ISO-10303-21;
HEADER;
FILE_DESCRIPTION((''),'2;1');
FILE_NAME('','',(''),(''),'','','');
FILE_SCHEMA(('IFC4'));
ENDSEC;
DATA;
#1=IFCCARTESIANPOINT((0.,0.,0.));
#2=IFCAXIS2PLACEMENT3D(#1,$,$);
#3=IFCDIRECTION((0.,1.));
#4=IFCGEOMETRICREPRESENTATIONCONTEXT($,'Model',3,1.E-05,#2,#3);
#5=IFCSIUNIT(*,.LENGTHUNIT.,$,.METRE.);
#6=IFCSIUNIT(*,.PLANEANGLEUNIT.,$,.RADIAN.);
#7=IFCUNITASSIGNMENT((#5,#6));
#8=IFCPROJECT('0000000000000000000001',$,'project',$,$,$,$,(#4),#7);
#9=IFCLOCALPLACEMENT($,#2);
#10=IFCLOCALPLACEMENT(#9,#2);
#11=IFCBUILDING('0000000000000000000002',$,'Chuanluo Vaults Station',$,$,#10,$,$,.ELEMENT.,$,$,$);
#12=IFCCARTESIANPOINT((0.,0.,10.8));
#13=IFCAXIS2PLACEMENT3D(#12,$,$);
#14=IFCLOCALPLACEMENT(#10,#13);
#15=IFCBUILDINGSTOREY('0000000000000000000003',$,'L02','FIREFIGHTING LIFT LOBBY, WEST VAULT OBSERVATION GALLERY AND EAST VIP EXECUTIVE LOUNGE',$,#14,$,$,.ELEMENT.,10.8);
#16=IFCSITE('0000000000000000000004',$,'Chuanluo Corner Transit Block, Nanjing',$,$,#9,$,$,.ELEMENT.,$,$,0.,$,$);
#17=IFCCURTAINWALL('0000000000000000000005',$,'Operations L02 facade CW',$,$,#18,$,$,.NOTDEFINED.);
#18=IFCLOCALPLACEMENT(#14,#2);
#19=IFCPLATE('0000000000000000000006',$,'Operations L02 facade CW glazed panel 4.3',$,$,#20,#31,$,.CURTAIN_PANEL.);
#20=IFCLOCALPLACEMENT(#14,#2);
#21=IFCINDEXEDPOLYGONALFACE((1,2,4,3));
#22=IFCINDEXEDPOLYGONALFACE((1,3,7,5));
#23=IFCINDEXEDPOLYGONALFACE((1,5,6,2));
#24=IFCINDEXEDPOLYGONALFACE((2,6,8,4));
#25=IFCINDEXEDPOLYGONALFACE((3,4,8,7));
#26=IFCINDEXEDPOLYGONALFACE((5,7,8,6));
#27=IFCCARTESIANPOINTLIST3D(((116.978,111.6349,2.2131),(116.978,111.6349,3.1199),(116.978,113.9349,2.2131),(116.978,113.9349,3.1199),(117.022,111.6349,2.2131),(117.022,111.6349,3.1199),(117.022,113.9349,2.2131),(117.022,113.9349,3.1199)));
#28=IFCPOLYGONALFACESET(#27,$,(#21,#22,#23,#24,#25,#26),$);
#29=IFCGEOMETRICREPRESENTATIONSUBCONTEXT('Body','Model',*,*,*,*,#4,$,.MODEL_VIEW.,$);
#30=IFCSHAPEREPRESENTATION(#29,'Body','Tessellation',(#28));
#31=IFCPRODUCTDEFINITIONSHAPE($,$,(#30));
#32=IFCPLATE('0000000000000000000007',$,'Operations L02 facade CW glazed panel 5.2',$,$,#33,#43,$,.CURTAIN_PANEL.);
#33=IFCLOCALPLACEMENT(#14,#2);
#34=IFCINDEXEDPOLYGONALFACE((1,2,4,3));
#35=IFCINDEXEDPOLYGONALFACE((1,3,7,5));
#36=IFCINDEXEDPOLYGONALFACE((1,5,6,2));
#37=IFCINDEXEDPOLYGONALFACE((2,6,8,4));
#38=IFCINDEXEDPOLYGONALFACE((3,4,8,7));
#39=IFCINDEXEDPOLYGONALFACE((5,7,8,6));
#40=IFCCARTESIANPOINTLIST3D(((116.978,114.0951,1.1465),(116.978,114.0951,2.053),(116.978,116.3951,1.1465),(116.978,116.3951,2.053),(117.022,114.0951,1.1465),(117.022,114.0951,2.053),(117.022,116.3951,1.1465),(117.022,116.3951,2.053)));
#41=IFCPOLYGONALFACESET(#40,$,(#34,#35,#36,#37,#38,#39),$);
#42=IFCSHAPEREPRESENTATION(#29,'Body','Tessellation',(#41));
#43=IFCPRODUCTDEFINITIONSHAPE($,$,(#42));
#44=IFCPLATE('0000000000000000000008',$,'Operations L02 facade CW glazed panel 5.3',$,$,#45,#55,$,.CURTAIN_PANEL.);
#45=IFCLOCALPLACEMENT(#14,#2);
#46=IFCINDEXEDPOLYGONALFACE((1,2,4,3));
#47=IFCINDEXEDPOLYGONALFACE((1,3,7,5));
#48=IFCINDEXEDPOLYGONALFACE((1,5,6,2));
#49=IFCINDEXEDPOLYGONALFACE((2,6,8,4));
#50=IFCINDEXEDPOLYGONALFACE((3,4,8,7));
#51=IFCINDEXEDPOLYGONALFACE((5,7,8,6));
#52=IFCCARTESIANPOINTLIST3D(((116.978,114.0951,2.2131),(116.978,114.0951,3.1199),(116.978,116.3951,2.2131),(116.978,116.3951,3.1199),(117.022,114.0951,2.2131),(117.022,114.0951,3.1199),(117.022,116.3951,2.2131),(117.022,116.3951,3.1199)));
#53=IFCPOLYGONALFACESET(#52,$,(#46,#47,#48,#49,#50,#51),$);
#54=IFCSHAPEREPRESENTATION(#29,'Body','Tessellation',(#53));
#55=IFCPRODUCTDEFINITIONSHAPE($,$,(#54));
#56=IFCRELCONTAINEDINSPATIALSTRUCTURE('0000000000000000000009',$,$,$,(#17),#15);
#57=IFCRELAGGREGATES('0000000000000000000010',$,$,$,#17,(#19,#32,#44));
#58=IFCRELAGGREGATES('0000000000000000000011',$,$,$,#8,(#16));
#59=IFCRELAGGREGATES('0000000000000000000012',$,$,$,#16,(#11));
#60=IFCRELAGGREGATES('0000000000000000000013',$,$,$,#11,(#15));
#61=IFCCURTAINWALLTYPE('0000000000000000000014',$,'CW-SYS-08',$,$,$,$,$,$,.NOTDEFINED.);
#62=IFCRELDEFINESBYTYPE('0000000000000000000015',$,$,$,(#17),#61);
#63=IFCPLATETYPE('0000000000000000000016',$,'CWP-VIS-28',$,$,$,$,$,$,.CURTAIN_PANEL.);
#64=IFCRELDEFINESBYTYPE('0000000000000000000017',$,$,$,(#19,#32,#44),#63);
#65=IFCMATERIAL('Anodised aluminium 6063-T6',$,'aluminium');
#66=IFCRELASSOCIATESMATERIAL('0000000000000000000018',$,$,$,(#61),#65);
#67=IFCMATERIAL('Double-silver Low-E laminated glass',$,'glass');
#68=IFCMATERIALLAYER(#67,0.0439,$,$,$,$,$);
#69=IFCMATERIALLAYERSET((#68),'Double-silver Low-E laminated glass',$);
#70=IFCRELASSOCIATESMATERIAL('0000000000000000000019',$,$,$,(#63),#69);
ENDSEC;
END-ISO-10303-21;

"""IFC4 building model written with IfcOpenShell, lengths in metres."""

from ifc_helpers import new_model, si_unit, direction, frame, origin, origin_2d, place, context, subcontext, project, spatial, rectangle, extrude, material, layer, layer_set, type_object, element, aggregate, save


model = new_model("IFC4")

# Units and contexts
model_context = context("Model", 3, precision=1e-05, world=origin(), true_north=direction((0.0, 1.0)))
body_context = subcontext(model_context, "Body", "Model", "MODEL_VIEW")
ifc_project = project(units=[si_unit("LENGTHUNIT", "METRE"), si_unit("PLANEANGLEUNIT", "RADIAN")], contexts=[model_context])

# Site, building, storey
site_placement = place(None, origin())
site = spatial("IfcSite", under=ifc_project, at=site_placement, Name="Chuanluo Corner Transit Block, Nanjing", CompositionType="ELEMENT", RefElevation=0.0)
building_placement = place(site_placement, origin())
building = spatial("IfcBuilding", under=site, at=building_placement, Name="Chuanluo Vaults Station", CompositionType="ELEMENT")
storey_placement = place(building_placement, frame((0.0, 0.0, 10.8)))
storey = spatial("IfcBuildingStorey", under=building, at=storey_placement, Name="L02", Description="FIREFIGHTING LIFT LOBBY, WEST VAULT OBSERVATION GALLERY AND EAST VIP EXECUTIVE LOUNGE", CompositionType="ELEMENT", Elevation=10.8)

# Curtain wall, plates
ifc_material_1 = material(Name="Anodised aluminium 6063-T6", Category="aluminium")
curtain_wall_type = type_object("IfcCurtainWallType", Name="CW-SYS-08", PredefinedType="NOTDEFINED", material=ifc_material_1)
curtain_wall_placement = place(storey_placement, origin())
curtain_wall = element("IfcCurtainWall", 1, at=curtain_wall_placement, inside=storey, type_object=curtain_wall_type, Name="Operations L02 facade CW", PredefinedType="NOTDEFINED")
ifc_material_2 = material(Name="Double-silver Low-E laminated glass", Category="glass")
ifc_layer_1 = layer(ifc_material_2, 0.0439)
ifc_layer_set_1 = layer_set([ifc_layer_1], Name="Double-silver Low-E laminated glass")
plate_type_1 = type_object("IfcPlateType", Name="CWP-VIS-28", PredefinedType="CURTAIN_PANEL", material=ifc_layer_set_1)
plate_1_placement = place(storey_placement, frame((117.0, 112.7849, 2.2131), z_axis=(0.0, 0.0, 1.0), x_axis=(0.0, 1.0, 0.0)))
plate_1 = element("IfcPlate", 2, at=plate_1_placement, type_object=plate_type_1, Name="Operations L02 facade CW glazed panel 4.3", PredefinedType="CURTAIN_PANEL", context=body_context, shape_type="SweptSolid", body=[
    extrude(rectangle(XDim=2.3, YDim=0.0439, at=origin_2d()), origin(), (0.0, 0.0, 1.0), 0.9067),
])
plate_2_placement = place(storey_placement, frame((117.0, 115.2451, 1.1465), z_axis=(0.0, 0.0, 1.0), x_axis=(0.0, 1.0, 0.0)))
plate_2 = element("IfcPlate", 3, at=plate_2_placement, type_object=plate_type_1, Name="Operations L02 facade CW glazed panel 5.2", PredefinedType="CURTAIN_PANEL", context=body_context, shape_type="SweptSolid", body=[
    extrude(rectangle(XDim=2.3, YDim=0.0439, at=origin_2d()), origin(), (0.0, 0.0, 1.0), 0.9065),
])
plate_3_placement = place(storey_placement, frame((117.0, 115.2451, 2.2131), z_axis=(0.0, 0.0, 1.0), x_axis=(0.0, 1.0, 0.0)))
plate_3 = element("IfcPlate", 4, at=plate_3_placement, type_object=plate_type_1, Name="Operations L02 facade CW glazed panel 5.3", PredefinedType="CURTAIN_PANEL", context=body_context, shape_type="SweptSolid", body=[
    extrude(rectangle(XDim=2.3, YDim=0.0439, at=origin_2d()), origin(), (0.0, 0.0, 1.0), 0.9067),
])
aggregate(curtain_wall, [plate_1, plate_2, plate_3])

save(model, "model.ifc")
